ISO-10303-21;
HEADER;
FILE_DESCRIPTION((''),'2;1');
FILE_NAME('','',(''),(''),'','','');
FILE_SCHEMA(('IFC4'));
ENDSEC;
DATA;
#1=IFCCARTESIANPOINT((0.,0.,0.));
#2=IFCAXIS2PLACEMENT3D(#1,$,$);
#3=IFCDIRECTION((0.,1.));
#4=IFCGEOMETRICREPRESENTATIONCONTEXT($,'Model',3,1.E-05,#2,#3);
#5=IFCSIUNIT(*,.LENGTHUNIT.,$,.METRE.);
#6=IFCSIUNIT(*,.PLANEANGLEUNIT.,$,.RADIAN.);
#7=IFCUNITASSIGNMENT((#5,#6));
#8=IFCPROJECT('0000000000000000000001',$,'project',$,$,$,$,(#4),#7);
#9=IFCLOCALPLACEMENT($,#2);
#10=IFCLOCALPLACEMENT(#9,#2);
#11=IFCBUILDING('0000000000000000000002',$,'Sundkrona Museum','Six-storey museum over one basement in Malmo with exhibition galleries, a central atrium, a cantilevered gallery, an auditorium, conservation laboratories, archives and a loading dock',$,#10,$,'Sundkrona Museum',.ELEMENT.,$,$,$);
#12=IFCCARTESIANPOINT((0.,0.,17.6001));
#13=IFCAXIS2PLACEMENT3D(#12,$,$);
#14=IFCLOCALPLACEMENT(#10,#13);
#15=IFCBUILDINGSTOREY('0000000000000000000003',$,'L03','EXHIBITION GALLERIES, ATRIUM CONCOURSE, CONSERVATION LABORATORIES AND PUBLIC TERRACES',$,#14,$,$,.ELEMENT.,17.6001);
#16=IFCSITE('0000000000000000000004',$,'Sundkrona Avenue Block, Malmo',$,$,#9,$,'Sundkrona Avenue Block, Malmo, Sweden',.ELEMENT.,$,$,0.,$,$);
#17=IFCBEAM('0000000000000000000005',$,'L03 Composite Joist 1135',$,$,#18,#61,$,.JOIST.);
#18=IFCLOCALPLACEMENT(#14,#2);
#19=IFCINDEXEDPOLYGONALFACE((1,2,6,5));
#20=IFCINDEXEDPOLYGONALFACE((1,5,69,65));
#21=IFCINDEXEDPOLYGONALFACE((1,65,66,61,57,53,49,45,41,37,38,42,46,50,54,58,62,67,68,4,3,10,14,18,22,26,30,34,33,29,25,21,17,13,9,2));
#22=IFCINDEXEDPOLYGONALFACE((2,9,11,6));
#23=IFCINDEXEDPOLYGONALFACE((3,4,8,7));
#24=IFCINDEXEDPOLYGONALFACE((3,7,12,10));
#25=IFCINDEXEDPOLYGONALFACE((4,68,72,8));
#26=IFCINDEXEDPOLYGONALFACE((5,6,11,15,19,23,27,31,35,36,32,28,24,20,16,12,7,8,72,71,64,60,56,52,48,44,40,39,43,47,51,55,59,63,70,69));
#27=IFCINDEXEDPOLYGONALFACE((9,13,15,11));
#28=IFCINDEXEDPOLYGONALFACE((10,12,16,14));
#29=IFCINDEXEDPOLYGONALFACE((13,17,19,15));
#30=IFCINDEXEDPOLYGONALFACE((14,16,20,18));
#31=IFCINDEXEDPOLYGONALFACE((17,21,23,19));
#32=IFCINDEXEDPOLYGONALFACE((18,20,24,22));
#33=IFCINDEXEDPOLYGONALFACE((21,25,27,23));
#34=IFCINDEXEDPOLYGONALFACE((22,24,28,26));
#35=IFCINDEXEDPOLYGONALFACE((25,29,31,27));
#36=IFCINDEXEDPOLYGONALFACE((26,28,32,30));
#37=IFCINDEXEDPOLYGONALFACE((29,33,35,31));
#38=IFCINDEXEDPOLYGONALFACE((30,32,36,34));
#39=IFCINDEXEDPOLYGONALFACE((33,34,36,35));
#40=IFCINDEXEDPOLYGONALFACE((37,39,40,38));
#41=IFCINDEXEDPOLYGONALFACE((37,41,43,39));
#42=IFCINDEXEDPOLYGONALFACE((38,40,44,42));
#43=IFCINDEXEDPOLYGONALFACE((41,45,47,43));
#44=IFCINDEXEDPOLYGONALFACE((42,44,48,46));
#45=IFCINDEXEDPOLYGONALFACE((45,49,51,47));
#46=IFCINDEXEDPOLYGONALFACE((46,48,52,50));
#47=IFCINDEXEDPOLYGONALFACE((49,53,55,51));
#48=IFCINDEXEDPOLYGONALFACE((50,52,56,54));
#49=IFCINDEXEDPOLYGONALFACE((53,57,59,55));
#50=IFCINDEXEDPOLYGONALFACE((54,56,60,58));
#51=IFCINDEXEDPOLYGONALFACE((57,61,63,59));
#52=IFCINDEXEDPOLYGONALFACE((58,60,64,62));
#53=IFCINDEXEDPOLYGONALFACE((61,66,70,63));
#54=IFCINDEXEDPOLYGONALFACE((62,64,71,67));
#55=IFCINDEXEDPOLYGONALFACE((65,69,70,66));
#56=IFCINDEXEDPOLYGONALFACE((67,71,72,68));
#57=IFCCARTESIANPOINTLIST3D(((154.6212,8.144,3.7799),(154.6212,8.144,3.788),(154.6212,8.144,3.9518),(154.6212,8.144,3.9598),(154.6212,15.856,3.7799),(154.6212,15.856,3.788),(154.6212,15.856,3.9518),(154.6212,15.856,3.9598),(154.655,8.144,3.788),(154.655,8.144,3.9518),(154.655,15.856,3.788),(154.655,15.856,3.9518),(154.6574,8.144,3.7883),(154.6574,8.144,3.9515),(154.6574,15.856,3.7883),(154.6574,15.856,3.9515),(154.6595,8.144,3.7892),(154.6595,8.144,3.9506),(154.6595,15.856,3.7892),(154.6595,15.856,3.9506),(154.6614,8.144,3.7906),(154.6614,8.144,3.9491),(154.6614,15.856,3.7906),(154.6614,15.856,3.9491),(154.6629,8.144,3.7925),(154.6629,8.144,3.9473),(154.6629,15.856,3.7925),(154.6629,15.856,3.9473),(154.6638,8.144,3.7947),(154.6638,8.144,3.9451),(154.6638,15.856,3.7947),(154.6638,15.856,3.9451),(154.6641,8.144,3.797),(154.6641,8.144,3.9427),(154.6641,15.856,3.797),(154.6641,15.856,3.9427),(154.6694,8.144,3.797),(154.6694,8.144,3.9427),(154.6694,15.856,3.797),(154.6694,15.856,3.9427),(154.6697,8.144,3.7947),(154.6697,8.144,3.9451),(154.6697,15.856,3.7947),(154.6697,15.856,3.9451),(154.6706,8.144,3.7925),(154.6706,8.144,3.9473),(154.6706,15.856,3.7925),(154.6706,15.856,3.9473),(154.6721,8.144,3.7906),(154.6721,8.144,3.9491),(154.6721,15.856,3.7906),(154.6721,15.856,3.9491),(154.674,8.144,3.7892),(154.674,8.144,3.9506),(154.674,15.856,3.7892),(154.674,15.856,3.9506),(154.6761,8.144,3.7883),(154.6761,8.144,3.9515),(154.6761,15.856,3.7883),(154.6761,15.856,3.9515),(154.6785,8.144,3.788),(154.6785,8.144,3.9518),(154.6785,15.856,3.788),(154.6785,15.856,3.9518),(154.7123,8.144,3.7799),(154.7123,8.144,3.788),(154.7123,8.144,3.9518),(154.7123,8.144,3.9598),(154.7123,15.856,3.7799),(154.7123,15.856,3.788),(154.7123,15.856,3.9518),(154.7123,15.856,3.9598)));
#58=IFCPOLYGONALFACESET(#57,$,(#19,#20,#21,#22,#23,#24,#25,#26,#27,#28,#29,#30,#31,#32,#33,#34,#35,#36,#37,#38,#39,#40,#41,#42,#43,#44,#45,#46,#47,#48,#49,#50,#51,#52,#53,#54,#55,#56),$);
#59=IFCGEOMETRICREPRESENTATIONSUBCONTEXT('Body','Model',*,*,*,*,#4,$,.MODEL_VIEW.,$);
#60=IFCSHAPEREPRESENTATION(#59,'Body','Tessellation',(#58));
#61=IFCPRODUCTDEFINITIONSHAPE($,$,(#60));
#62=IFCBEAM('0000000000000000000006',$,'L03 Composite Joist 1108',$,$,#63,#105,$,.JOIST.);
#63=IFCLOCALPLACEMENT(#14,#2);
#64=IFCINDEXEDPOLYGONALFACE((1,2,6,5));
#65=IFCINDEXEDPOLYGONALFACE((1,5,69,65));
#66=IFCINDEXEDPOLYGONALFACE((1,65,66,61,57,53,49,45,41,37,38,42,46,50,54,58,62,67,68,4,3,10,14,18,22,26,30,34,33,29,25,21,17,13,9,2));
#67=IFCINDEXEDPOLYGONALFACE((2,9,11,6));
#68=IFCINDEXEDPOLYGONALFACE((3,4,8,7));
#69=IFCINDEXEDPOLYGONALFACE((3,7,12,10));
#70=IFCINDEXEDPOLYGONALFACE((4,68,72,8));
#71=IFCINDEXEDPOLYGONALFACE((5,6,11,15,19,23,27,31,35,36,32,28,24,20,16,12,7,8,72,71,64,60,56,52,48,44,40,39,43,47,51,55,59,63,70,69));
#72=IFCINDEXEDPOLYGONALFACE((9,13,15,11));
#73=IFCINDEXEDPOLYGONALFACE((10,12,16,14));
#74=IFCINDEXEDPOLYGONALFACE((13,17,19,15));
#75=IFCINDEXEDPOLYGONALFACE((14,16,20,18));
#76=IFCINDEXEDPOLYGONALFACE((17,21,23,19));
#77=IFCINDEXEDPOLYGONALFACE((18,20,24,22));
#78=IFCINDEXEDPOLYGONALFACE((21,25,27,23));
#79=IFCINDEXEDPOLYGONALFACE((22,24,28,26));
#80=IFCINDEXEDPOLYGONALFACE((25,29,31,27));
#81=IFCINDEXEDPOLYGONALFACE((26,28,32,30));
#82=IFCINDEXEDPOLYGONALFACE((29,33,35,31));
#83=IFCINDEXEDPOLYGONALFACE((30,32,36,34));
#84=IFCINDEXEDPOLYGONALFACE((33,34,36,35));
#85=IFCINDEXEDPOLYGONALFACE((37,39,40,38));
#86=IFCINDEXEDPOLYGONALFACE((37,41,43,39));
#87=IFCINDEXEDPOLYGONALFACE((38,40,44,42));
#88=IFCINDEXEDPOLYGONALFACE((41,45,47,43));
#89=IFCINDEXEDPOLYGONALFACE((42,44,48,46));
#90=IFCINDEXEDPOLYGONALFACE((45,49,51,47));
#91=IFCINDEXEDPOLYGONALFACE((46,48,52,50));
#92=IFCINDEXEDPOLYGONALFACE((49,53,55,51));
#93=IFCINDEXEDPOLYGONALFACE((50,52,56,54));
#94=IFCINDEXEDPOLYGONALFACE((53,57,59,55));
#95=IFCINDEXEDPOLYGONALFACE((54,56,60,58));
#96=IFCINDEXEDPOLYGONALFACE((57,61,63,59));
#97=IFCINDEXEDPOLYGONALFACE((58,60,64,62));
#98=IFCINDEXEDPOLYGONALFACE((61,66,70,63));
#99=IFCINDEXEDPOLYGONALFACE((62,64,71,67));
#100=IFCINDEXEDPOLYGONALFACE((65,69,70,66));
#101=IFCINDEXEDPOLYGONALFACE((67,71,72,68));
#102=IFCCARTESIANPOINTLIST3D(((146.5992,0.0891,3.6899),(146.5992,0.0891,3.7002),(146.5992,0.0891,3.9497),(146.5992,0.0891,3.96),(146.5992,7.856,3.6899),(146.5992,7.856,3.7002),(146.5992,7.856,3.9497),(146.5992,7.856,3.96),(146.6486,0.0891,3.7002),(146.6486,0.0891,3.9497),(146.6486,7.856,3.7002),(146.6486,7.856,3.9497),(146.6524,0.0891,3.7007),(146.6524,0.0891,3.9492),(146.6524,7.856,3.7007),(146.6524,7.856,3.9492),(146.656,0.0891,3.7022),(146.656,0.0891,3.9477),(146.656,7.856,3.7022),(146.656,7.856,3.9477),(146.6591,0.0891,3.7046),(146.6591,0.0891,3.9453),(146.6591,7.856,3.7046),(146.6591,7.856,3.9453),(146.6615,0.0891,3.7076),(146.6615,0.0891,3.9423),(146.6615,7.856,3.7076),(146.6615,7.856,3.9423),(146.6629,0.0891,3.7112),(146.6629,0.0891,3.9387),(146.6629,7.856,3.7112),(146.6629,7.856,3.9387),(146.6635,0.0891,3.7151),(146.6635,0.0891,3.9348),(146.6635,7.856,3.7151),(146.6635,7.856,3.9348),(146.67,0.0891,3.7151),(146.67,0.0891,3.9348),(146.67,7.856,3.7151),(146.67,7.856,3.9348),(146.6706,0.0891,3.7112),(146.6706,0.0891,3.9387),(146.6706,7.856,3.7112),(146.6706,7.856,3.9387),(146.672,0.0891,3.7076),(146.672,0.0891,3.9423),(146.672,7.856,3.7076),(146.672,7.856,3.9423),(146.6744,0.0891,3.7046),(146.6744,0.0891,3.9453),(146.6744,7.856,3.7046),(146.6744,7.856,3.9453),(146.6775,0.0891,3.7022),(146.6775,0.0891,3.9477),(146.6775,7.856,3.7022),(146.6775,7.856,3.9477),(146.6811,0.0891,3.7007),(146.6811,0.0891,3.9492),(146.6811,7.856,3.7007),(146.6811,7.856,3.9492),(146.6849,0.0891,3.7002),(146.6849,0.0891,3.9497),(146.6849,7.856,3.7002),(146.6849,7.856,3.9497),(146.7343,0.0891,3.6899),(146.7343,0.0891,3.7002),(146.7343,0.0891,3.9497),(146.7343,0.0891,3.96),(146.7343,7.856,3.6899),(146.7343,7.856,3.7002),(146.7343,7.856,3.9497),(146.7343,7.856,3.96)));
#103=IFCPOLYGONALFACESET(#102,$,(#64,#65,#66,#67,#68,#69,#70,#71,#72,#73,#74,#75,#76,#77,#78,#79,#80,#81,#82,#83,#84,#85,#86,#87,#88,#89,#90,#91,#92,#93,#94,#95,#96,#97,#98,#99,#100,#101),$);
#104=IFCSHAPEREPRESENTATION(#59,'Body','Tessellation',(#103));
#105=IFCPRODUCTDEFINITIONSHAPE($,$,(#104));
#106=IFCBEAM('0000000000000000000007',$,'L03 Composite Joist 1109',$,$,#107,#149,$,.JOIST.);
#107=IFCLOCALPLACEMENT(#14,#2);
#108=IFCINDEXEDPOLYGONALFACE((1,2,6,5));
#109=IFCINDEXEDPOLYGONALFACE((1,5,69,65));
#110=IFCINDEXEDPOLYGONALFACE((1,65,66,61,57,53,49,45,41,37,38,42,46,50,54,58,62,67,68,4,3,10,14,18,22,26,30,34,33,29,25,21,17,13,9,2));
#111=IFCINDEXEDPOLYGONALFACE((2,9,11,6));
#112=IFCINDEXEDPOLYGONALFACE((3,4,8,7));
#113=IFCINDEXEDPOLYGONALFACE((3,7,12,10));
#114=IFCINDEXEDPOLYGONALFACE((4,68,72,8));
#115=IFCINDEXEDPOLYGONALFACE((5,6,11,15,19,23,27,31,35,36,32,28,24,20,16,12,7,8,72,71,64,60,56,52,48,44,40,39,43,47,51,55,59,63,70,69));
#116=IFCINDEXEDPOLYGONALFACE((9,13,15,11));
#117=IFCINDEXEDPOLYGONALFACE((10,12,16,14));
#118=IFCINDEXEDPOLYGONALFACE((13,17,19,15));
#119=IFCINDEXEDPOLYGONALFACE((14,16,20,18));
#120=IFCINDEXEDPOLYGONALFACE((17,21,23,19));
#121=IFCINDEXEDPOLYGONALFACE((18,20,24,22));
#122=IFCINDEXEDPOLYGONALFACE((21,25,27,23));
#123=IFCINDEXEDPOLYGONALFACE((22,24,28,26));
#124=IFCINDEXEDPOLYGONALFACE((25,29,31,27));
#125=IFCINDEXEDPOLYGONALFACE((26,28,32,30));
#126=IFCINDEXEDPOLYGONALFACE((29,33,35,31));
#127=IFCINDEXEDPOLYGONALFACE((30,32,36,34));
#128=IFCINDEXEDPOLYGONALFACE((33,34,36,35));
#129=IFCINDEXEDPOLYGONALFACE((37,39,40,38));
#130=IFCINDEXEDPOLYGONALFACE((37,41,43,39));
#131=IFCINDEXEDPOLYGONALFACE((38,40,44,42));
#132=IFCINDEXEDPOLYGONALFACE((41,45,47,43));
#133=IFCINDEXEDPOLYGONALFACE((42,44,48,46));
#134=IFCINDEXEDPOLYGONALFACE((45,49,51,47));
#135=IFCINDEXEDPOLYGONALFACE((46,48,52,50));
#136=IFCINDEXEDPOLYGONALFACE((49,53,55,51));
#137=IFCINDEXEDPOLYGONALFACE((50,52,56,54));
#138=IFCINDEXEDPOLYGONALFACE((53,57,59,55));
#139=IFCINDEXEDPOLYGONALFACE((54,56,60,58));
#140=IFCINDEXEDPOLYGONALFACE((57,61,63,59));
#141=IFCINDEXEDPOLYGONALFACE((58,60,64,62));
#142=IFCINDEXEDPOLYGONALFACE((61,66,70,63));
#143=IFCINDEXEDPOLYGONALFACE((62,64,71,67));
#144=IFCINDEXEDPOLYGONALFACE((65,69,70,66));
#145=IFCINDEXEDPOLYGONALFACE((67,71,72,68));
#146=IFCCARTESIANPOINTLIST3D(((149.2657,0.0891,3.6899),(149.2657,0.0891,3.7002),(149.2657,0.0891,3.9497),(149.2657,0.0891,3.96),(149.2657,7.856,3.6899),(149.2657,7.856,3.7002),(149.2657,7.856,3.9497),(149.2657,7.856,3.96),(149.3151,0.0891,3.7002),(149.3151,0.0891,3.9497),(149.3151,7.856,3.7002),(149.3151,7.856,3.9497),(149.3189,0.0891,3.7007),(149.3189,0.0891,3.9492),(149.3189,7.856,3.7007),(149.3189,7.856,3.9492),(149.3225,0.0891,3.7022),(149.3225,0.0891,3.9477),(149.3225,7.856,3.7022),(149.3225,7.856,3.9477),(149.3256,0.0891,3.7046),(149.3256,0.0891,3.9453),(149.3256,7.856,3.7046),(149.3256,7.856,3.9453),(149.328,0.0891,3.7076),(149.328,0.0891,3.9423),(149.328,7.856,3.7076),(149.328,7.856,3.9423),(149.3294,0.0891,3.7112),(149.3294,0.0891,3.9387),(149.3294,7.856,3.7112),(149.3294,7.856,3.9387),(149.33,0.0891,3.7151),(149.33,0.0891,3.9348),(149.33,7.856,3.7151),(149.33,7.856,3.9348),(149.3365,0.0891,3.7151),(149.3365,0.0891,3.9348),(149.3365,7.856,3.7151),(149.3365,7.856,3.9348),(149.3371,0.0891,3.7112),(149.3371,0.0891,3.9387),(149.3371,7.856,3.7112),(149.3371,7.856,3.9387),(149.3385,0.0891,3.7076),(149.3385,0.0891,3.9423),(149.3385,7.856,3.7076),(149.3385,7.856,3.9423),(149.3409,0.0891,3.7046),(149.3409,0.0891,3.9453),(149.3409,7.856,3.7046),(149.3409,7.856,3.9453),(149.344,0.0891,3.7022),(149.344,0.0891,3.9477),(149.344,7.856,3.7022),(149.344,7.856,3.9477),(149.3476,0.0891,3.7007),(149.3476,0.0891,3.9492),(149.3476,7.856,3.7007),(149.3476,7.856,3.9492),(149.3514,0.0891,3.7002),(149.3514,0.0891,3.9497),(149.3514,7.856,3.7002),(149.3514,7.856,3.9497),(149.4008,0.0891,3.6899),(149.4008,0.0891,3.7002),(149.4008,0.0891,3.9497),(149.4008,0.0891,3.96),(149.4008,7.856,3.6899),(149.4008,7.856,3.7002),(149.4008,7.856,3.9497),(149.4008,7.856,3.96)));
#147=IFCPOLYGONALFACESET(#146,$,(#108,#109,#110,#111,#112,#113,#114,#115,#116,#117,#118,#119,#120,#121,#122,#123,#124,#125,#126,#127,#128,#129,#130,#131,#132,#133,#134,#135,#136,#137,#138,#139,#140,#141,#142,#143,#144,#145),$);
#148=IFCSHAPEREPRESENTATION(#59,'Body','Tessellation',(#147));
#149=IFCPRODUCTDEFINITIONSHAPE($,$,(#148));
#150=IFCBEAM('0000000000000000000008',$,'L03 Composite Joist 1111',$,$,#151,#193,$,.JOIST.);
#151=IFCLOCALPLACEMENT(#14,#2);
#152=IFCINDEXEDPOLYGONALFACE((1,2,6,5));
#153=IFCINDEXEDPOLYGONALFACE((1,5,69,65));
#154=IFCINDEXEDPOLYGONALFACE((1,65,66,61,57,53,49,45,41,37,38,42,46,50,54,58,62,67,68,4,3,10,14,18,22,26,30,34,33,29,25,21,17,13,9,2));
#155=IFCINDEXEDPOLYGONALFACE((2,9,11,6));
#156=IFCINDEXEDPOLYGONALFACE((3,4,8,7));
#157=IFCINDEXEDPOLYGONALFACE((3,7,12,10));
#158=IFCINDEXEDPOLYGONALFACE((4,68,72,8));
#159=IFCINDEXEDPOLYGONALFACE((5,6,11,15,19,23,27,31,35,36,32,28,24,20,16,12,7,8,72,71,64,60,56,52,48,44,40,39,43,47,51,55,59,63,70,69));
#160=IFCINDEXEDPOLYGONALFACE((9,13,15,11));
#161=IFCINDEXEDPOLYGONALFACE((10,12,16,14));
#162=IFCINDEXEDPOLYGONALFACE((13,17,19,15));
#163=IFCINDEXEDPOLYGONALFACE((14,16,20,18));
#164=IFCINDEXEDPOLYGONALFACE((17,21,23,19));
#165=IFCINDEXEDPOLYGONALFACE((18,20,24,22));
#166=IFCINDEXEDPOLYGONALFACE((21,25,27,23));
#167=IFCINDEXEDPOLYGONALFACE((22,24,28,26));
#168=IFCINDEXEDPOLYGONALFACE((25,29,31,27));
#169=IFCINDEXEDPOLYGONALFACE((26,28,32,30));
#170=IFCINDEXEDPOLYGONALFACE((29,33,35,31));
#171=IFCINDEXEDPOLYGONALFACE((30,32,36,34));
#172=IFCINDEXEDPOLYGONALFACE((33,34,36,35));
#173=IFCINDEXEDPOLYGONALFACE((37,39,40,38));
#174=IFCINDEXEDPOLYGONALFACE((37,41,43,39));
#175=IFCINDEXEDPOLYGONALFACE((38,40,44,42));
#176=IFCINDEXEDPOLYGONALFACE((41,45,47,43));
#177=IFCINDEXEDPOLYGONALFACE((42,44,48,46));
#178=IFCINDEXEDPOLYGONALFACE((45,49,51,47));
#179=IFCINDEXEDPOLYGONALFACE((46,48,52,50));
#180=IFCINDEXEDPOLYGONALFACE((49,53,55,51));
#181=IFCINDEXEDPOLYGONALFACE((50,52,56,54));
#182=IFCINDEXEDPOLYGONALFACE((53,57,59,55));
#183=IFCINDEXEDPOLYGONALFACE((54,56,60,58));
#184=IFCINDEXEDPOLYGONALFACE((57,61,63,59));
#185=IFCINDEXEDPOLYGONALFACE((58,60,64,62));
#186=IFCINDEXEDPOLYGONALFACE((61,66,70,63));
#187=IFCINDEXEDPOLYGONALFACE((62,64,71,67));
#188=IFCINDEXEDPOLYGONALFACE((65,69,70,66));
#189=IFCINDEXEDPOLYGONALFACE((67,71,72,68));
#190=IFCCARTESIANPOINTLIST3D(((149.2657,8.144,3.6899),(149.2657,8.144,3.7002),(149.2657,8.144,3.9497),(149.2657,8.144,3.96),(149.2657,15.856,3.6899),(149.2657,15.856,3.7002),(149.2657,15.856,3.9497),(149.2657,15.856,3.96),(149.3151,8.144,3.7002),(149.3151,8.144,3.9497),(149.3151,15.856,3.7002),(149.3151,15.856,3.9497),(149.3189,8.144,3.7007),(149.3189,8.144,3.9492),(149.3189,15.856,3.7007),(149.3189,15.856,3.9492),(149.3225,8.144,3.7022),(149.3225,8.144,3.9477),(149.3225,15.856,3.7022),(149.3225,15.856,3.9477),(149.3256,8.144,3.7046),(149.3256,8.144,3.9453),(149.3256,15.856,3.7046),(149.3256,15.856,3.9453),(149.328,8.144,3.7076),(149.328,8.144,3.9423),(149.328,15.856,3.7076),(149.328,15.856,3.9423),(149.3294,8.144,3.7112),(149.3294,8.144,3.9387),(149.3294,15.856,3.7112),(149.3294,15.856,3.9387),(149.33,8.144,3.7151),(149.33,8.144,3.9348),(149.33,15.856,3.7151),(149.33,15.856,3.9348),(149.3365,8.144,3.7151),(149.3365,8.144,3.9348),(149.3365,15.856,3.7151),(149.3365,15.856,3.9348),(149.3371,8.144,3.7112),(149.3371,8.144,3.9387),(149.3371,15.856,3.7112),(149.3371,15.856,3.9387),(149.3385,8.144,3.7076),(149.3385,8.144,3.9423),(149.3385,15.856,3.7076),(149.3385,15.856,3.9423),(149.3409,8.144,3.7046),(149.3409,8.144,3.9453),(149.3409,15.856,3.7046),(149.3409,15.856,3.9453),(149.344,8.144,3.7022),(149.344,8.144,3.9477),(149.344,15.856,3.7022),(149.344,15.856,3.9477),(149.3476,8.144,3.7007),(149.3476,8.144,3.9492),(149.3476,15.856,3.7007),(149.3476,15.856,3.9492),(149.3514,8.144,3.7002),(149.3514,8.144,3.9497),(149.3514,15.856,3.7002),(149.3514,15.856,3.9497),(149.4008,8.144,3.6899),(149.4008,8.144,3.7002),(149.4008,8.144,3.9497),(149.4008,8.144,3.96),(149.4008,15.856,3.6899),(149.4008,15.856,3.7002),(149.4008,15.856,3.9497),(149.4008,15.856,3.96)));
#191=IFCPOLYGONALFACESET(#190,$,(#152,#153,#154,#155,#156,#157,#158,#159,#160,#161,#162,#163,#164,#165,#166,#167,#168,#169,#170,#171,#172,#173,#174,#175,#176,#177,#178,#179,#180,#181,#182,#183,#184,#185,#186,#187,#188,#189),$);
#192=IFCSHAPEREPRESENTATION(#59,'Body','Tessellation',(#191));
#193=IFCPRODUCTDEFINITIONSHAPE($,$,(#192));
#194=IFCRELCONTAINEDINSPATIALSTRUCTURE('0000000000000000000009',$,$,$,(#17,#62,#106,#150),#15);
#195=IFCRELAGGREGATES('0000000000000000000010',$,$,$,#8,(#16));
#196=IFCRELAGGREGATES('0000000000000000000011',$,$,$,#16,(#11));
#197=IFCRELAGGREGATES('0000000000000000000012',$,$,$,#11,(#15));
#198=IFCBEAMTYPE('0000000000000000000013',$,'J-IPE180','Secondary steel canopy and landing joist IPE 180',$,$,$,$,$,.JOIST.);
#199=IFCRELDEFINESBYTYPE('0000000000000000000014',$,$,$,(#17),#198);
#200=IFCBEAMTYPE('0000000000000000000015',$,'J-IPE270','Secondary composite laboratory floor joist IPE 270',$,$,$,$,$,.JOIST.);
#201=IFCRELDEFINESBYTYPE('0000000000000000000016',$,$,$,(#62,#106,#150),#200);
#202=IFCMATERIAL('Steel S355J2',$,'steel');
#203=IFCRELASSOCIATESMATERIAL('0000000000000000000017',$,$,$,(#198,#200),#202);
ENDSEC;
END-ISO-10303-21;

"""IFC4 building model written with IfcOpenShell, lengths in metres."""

from ifc_helpers import new_model, si_unit, direction, frame, origin, origin_2d, place, context, subcontext, project, spatial, i_section, extrude, material, material_profile, profile_set, type_object, element, save


model = new_model("IFC4")

# Units and contexts
model_context = context("Model", 3, precision=1e-05, world=origin(), true_north=direction((0.0, 1.0)))
body_context = subcontext(model_context, "Body", "Model", "MODEL_VIEW")
ifc_project = project(units=[si_unit("LENGTHUNIT", "METRE"), si_unit("PLANEANGLEUNIT", "RADIAN")], contexts=[model_context])

# Site, building, storey
site_placement = place(None, origin())
site = spatial("IfcSite", under=ifc_project, at=site_placement, Name="Sundkrona Avenue Block, Malmo", LongName="Sundkrona Avenue Block, Malmo, Sweden", CompositionType="ELEMENT", RefElevation=0.0)
building_placement = place(site_placement, origin())
building = spatial("IfcBuilding", under=site, at=building_placement, Name="Sundkrona Museum", Description="Six-storey museum over one basement in Malmo with exhibition galleries, a central atrium, a cantilevered gallery, an auditorium, conservation laboratories, archives and a loading dock", LongName="Sundkrona Museum", CompositionType="ELEMENT")
storey_placement = place(building_placement, frame((0.0, 0.0, 17.6001)))
storey = spatial("IfcBuildingStorey", under=building, at=storey_placement, Name="L03", Description="EXHIBITION GALLERIES, ATRIUM CONCOURSE, CONSERVATION LABORATORIES AND PUBLIC TERRACES", CompositionType="ELEMENT", Elevation=17.6001)

# Shared definitions
ifc_material_1 = material(Name="Steel S355J2", Category="steel")

# Beams
ifc_material_profile_1 = material_profile(ifc_material_1, i_section(OverallWidth=0.0911, OverallDepth=0.1799, WebThickness=0.0054, FlangeThickness=0.0081, FilletRadius=0.009, at=origin_2d()), Name="IPE 180")
ifc_profile_set_1 = profile_set([ifc_material_profile_1], Name="Steel S355J2")
beam_type_1 = type_object("IfcBeamType", Name="J-IPE180", Description="Secondary steel canopy and landing joist IPE 180", PredefinedType="JOIST", material=ifc_profile_set_1)
beam_1_placement = place(storey_placement, frame((154.6667, 8.144, 3.8699), z_axis=(0.0, 1.0, 0.0), x_axis=(-1.0, 0.0, 0.0)))
element("IfcBeam", 1, at=beam_1_placement, inside=storey, type_object=beam_type_1, Name="L03 Composite Joist 1135", PredefinedType="JOIST", context=body_context, shape_type="SweptSolid", body=[
    extrude(i_section(OverallWidth=0.0911, OverallDepth=0.1799, WebThickness=0.0054, FlangeThickness=0.0081, FilletRadius=0.009, at=origin_2d()), origin(), (0.0, 0.0, 1.0), 7.7119),
])
ifc_material_profile_2 = material_profile(ifc_material_1, i_section(OverallWidth=0.135, OverallDepth=0.27, WebThickness=0.0066, FlangeThickness=0.0103, FilletRadius=0.0149, at=origin_2d()), Name="IPE 270")
ifc_profile_set_2 = profile_set([ifc_material_profile_2], Name="Steel S355J2")
beam_type_2 = type_object("IfcBeamType", Name="J-IPE270", Description="Secondary composite laboratory floor joist IPE 270", PredefinedType="JOIST", material=ifc_profile_set_2)
for number, where, z_axis, x_axis, name in (
    (2, (146.6667, 0.0891, 3.825), (0.0, 1.0, 0.0), (-1.0, 0.0, 0.0), "L03 Composite Joist 1108"),
    (3, (149.3333, 0.0891, 3.825), (0.0, 1.0, 0.0), (-1.0, 0.0, 0.0), "L03 Composite Joist 1109"),
):
    element("IfcBeam", number, at=place(storey_placement, frame(where, z_axis=z_axis, x_axis=x_axis)), inside=storey, type_object=beam_type_2, Name=name, PredefinedType="JOIST", context=body_context, shape_type="SweptSolid", body=[
        extrude(i_section(OverallWidth=0.135, OverallDepth=0.27, WebThickness=0.0066, FlangeThickness=0.0103, FilletRadius=0.0149, at=origin_2d()), origin(), (0.0, 0.0, 1.0), 7.7668),
    ])
beam_2_placement = place(storey_placement, frame((149.3333, 8.144, 3.825), z_axis=(0.0, 1.0, 0.0), x_axis=(-1.0, 0.0, 0.0)))
element("IfcBeam", 4, at=beam_2_placement, inside=storey, type_object=beam_type_2, Name="L03 Composite Joist 1111", PredefinedType="JOIST", context=body_context, shape_type="SweptSolid", body=[
    extrude(i_section(OverallWidth=0.135, OverallDepth=0.27, WebThickness=0.0066, FlangeThickness=0.0103, FilletRadius=0.0149, at=origin_2d()), origin(), (0.0, 0.0, 1.0), 7.7119),
])

save(model, "model.ifc")
